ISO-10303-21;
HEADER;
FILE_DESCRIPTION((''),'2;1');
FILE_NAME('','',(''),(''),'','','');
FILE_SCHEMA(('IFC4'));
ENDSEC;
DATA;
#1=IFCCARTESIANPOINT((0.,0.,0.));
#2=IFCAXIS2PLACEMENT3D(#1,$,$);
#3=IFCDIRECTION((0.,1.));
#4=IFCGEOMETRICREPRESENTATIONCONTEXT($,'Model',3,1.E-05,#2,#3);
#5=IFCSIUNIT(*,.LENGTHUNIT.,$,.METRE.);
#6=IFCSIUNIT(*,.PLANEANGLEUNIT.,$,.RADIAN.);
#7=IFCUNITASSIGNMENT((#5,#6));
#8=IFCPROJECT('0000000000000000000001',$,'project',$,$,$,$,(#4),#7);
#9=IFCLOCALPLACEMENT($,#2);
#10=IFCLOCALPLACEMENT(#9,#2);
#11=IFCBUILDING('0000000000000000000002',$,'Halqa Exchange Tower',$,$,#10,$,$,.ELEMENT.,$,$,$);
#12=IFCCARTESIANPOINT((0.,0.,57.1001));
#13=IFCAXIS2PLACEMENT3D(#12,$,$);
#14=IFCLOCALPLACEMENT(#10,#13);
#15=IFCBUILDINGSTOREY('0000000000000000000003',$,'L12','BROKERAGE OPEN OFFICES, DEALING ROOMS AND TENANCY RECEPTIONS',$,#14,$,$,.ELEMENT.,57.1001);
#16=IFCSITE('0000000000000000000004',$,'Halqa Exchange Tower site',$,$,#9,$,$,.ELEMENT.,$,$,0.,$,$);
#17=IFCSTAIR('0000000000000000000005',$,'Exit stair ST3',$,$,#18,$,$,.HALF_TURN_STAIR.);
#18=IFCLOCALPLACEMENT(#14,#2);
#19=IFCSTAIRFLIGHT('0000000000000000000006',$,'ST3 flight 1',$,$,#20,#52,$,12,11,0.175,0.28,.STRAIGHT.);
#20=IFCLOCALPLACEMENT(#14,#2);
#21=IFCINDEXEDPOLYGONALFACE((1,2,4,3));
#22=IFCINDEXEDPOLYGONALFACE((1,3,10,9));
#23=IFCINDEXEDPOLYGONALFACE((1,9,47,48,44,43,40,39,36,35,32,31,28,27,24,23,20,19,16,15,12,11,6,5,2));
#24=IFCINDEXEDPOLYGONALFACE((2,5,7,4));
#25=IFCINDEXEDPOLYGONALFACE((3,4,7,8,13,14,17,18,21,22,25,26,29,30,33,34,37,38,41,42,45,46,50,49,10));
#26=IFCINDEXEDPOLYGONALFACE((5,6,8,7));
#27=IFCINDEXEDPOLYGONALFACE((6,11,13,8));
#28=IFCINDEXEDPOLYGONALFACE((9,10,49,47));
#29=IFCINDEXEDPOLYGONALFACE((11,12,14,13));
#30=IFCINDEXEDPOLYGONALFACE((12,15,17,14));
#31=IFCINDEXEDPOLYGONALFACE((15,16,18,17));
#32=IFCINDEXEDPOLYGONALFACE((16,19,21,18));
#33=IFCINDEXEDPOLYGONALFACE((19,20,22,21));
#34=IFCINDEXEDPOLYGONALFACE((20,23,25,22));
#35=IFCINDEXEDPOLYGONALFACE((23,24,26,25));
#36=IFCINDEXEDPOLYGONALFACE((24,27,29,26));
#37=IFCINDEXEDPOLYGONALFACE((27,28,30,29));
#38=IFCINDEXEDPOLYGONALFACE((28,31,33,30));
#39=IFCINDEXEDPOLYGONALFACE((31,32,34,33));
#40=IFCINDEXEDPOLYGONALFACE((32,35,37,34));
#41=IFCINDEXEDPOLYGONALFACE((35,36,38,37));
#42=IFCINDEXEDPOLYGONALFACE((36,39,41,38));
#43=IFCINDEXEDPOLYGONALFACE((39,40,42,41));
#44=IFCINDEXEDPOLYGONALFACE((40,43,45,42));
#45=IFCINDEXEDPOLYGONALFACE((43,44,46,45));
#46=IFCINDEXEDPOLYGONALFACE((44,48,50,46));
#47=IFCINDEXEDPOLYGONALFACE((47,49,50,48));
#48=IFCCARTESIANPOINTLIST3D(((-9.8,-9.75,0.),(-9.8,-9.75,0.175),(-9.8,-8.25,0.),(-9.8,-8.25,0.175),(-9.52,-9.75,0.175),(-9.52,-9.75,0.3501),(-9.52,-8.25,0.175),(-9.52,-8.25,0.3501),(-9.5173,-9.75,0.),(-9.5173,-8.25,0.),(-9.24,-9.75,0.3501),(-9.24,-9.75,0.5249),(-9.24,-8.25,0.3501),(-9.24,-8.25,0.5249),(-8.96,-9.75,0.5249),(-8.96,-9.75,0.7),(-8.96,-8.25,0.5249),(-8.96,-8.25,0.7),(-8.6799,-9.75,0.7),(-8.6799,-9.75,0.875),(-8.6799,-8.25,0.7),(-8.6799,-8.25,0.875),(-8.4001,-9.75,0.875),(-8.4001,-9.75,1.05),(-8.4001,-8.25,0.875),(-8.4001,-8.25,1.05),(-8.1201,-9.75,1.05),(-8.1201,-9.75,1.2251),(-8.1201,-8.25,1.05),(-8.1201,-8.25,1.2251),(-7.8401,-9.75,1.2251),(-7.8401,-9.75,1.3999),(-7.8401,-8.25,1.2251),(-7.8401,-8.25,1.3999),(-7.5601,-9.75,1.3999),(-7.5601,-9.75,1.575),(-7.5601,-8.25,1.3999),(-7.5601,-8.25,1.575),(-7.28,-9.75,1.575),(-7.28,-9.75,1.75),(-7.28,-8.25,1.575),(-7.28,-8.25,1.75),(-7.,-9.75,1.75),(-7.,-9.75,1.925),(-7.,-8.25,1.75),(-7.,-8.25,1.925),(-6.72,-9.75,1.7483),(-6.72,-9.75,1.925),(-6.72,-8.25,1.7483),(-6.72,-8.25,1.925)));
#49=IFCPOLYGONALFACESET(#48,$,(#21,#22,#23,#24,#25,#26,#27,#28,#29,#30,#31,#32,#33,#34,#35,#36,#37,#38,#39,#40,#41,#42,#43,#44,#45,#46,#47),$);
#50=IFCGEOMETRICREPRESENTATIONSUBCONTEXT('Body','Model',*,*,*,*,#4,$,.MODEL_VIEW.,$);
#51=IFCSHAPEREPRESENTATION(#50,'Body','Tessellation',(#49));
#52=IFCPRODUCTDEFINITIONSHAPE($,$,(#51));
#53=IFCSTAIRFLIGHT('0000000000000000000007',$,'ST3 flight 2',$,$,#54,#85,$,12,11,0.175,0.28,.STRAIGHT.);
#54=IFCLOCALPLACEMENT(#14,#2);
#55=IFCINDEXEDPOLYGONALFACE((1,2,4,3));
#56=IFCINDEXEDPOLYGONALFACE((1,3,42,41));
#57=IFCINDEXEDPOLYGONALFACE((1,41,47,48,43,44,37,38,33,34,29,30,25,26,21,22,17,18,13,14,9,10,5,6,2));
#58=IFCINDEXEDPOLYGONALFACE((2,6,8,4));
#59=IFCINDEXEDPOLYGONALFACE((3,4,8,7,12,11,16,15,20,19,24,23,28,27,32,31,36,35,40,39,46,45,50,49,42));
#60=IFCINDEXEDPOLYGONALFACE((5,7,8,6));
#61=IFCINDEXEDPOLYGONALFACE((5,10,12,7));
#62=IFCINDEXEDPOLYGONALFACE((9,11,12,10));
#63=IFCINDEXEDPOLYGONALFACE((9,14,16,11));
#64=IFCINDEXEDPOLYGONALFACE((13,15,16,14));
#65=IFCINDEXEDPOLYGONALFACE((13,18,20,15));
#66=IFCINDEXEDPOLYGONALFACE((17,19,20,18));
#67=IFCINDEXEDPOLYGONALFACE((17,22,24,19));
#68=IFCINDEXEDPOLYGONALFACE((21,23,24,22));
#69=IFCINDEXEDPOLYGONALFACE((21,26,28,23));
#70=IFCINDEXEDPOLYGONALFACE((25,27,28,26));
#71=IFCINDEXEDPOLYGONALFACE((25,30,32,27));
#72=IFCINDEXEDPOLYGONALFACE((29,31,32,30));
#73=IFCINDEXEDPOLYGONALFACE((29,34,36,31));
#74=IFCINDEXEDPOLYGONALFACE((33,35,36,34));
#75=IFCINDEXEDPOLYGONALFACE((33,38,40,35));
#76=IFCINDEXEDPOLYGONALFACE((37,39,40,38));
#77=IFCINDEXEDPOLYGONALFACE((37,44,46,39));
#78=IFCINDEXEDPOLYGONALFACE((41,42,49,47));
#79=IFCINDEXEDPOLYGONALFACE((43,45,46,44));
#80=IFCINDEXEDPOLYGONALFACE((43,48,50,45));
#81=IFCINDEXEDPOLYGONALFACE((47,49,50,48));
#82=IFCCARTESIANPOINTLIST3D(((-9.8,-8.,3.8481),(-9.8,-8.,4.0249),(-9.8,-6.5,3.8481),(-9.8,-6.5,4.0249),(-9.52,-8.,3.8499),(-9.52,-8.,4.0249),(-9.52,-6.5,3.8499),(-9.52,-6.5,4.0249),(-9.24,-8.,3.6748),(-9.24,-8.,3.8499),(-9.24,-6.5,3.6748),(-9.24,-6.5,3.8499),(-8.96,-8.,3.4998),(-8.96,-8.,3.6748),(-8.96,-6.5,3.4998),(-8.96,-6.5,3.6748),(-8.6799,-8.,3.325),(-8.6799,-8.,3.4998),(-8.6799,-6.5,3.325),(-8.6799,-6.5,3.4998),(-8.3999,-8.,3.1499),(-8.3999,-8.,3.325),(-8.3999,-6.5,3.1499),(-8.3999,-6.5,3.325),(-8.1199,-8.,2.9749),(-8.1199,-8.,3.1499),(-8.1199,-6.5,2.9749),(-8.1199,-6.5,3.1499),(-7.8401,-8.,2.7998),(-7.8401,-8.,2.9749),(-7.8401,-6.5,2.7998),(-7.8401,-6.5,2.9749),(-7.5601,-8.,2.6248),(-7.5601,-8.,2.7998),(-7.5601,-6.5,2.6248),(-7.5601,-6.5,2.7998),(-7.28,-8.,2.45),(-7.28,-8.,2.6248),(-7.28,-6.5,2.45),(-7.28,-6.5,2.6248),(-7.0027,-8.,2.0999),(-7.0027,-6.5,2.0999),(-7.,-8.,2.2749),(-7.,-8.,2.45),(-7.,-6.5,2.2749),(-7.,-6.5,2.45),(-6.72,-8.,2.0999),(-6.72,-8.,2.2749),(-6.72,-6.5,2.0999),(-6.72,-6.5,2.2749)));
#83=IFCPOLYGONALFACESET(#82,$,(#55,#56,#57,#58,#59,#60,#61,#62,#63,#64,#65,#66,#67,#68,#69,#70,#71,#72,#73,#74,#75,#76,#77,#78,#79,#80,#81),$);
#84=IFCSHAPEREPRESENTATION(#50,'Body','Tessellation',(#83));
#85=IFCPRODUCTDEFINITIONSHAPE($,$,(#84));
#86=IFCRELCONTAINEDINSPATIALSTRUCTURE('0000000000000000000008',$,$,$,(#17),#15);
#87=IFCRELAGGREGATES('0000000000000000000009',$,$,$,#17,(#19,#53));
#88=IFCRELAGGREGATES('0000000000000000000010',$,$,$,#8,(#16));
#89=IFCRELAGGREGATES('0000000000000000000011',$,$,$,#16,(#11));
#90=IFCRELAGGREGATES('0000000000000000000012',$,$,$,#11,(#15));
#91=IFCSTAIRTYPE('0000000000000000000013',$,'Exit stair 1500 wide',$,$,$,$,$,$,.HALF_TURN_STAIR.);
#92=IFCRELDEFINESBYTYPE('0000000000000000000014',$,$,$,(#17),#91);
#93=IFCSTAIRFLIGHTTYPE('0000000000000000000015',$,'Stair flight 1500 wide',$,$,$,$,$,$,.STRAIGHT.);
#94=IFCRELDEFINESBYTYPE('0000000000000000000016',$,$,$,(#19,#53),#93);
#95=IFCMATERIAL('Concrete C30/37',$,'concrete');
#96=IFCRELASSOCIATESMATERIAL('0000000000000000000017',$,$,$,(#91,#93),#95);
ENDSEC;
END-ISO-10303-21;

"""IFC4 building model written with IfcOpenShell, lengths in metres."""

from ifc_helpers import new_model, si_unit, direction, frame, origin, place, context, subcontext, project, spatial, polyline, outline, extrude, material, type_object, element, aggregate, save


model = new_model("IFC4")

# Units and contexts
model_context = context("Model", 3, precision=1e-05, world=origin(), true_north=direction((0.0, 1.0)))
body_context = subcontext(model_context, "Body", "Model", "MODEL_VIEW")
ifc_project = project(units=[si_unit("LENGTHUNIT", "METRE"), si_unit("PLANEANGLEUNIT", "RADIAN")], contexts=[model_context])

# Site, building, storey
site_placement = place(None, origin())
site = spatial("IfcSite", under=ifc_project, at=site_placement, Name="Halqa Exchange Tower site", CompositionType="ELEMENT", RefElevation=0.0)
building_placement = place(site_placement, origin())
building = spatial("IfcBuilding", under=site, at=building_placement, Name="Halqa Exchange Tower", CompositionType="ELEMENT")
storey_placement = place(building_placement, frame((0.0, 0.0, 57.1001)))
storey = spatial("IfcBuildingStorey", under=building, at=storey_placement, Name="L12", Description="BROKERAGE OPEN OFFICES, DEALING ROOMS AND TENANCY RECEPTIONS", CompositionType="ELEMENT", Elevation=57.1001)

# Stair, stair flights
ifc_material_1 = material(Name="Concrete C30/37", Category="concrete")
stair_type = type_object("IfcStairType", Name="Exit stair 1500 wide", PredefinedType="HALF_TURN_STAIR", material=ifc_material_1)
stair_placement = place(storey_placement, origin())
stair = element("IfcStair", 1, at=stair_placement, inside=storey, type_object=stair_type, Name="Exit stair ST3", PredefinedType="HALF_TURN_STAIR")
stair_flight_type = type_object("IfcStairFlightType", Name="Stair flight 1500 wide", PredefinedType="STRAIGHT", material=ifc_material_1)
stair_flight_1_placement = place(storey_placement, frame((-9.8, -9.0, 0.0), z_axis=(0.0, 0.0, 1.0), x_axis=(1.0, 0.0, 0.0)))
stair_flight_1 = element("IfcStairFlight", 2, at=stair_flight_1_placement, type_object=stair_flight_type, Name="ST3 flight 1", NumberOfRisers=12, NumberOfTreads=11, PredefinedType="STRAIGHT", RiserHeight=0.175, TreadLength=0.28, context=body_context, shape_type="SweptSolid", body=[
    extrude(outline(polyline([(0.0, 0.0), (0.0, 0.175), (0.28, 0.175), (0.28, 0.3501), (0.5601, 0.3501), (0.5601, 0.5249), (0.8401, 0.5249), (0.8401, 0.7), (1.1201, 0.7), (1.1201, 0.875), (1.3999, 0.875), (1.3999, 1.05), (1.6799, 1.05), (1.6799, 1.2251), (1.96, 1.2251), (1.96, 1.3999), (2.24, 1.3999), (2.24, 1.575), (2.52, 1.575), (2.52, 1.75), (2.8, 1.75), (2.8, 1.925), (3.0801, 1.925), (3.0801, 2.1001), (3.0801, 1.7483), (0.2827, 0.0), (0.0, 0.0)])), frame((0.0, 0.75, 0.0), z_axis=(0.0, -1.0, 0.0), x_axis=(1.0, 0.0, 0.0)), (0.0, 0.0, 1.0), 1.5),
])
stair_flight_2_placement = place(storey_placement, frame((-6.72, -7.25, 2.0999), z_axis=(0.0, 0.0, 1.0), x_axis=(-1.0, 0.0, 0.0)))
stair_flight_2 = element("IfcStairFlight", 3, at=stair_flight_2_placement, type_object=stair_flight_type, Name="ST3 flight 2", NumberOfRisers=12, NumberOfTreads=11, PredefinedType="STRAIGHT", RiserHeight=0.175, TreadLength=0.28, context=body_context, shape_type="SweptSolid", body=[
    extrude(outline(polyline([(0.0, 0.0), (0.0, 0.175), (0.28, 0.175), (0.28, 0.3501), (0.5601, 0.3501), (0.5601, 0.5249), (0.8401, 0.5249), (0.8401, 0.7), (1.1201, 0.7), (1.1201, 0.875), (1.3999, 0.875), (1.3999, 1.05), (1.6799, 1.05), (1.6799, 1.2251), (1.96, 1.2251), (1.96, 1.3999), (2.24, 1.3999), (2.24, 1.575), (2.52, 1.575), (2.52, 1.75), (2.8, 1.75), (2.8, 1.925), (3.0801, 1.925), (3.0801, 2.1001), (3.0801, 1.7483), (0.2827, 0.0), (0.0, 0.0)])), frame((0.0, 0.75, 0.0), z_axis=(0.0, -1.0, 0.0), x_axis=(1.0, 0.0, 0.0)), (0.0, 0.0, 1.0), 1.5),
])
aggregate(stair, [stair_flight_1, stair_flight_2])

save(model, "model.ifc")
